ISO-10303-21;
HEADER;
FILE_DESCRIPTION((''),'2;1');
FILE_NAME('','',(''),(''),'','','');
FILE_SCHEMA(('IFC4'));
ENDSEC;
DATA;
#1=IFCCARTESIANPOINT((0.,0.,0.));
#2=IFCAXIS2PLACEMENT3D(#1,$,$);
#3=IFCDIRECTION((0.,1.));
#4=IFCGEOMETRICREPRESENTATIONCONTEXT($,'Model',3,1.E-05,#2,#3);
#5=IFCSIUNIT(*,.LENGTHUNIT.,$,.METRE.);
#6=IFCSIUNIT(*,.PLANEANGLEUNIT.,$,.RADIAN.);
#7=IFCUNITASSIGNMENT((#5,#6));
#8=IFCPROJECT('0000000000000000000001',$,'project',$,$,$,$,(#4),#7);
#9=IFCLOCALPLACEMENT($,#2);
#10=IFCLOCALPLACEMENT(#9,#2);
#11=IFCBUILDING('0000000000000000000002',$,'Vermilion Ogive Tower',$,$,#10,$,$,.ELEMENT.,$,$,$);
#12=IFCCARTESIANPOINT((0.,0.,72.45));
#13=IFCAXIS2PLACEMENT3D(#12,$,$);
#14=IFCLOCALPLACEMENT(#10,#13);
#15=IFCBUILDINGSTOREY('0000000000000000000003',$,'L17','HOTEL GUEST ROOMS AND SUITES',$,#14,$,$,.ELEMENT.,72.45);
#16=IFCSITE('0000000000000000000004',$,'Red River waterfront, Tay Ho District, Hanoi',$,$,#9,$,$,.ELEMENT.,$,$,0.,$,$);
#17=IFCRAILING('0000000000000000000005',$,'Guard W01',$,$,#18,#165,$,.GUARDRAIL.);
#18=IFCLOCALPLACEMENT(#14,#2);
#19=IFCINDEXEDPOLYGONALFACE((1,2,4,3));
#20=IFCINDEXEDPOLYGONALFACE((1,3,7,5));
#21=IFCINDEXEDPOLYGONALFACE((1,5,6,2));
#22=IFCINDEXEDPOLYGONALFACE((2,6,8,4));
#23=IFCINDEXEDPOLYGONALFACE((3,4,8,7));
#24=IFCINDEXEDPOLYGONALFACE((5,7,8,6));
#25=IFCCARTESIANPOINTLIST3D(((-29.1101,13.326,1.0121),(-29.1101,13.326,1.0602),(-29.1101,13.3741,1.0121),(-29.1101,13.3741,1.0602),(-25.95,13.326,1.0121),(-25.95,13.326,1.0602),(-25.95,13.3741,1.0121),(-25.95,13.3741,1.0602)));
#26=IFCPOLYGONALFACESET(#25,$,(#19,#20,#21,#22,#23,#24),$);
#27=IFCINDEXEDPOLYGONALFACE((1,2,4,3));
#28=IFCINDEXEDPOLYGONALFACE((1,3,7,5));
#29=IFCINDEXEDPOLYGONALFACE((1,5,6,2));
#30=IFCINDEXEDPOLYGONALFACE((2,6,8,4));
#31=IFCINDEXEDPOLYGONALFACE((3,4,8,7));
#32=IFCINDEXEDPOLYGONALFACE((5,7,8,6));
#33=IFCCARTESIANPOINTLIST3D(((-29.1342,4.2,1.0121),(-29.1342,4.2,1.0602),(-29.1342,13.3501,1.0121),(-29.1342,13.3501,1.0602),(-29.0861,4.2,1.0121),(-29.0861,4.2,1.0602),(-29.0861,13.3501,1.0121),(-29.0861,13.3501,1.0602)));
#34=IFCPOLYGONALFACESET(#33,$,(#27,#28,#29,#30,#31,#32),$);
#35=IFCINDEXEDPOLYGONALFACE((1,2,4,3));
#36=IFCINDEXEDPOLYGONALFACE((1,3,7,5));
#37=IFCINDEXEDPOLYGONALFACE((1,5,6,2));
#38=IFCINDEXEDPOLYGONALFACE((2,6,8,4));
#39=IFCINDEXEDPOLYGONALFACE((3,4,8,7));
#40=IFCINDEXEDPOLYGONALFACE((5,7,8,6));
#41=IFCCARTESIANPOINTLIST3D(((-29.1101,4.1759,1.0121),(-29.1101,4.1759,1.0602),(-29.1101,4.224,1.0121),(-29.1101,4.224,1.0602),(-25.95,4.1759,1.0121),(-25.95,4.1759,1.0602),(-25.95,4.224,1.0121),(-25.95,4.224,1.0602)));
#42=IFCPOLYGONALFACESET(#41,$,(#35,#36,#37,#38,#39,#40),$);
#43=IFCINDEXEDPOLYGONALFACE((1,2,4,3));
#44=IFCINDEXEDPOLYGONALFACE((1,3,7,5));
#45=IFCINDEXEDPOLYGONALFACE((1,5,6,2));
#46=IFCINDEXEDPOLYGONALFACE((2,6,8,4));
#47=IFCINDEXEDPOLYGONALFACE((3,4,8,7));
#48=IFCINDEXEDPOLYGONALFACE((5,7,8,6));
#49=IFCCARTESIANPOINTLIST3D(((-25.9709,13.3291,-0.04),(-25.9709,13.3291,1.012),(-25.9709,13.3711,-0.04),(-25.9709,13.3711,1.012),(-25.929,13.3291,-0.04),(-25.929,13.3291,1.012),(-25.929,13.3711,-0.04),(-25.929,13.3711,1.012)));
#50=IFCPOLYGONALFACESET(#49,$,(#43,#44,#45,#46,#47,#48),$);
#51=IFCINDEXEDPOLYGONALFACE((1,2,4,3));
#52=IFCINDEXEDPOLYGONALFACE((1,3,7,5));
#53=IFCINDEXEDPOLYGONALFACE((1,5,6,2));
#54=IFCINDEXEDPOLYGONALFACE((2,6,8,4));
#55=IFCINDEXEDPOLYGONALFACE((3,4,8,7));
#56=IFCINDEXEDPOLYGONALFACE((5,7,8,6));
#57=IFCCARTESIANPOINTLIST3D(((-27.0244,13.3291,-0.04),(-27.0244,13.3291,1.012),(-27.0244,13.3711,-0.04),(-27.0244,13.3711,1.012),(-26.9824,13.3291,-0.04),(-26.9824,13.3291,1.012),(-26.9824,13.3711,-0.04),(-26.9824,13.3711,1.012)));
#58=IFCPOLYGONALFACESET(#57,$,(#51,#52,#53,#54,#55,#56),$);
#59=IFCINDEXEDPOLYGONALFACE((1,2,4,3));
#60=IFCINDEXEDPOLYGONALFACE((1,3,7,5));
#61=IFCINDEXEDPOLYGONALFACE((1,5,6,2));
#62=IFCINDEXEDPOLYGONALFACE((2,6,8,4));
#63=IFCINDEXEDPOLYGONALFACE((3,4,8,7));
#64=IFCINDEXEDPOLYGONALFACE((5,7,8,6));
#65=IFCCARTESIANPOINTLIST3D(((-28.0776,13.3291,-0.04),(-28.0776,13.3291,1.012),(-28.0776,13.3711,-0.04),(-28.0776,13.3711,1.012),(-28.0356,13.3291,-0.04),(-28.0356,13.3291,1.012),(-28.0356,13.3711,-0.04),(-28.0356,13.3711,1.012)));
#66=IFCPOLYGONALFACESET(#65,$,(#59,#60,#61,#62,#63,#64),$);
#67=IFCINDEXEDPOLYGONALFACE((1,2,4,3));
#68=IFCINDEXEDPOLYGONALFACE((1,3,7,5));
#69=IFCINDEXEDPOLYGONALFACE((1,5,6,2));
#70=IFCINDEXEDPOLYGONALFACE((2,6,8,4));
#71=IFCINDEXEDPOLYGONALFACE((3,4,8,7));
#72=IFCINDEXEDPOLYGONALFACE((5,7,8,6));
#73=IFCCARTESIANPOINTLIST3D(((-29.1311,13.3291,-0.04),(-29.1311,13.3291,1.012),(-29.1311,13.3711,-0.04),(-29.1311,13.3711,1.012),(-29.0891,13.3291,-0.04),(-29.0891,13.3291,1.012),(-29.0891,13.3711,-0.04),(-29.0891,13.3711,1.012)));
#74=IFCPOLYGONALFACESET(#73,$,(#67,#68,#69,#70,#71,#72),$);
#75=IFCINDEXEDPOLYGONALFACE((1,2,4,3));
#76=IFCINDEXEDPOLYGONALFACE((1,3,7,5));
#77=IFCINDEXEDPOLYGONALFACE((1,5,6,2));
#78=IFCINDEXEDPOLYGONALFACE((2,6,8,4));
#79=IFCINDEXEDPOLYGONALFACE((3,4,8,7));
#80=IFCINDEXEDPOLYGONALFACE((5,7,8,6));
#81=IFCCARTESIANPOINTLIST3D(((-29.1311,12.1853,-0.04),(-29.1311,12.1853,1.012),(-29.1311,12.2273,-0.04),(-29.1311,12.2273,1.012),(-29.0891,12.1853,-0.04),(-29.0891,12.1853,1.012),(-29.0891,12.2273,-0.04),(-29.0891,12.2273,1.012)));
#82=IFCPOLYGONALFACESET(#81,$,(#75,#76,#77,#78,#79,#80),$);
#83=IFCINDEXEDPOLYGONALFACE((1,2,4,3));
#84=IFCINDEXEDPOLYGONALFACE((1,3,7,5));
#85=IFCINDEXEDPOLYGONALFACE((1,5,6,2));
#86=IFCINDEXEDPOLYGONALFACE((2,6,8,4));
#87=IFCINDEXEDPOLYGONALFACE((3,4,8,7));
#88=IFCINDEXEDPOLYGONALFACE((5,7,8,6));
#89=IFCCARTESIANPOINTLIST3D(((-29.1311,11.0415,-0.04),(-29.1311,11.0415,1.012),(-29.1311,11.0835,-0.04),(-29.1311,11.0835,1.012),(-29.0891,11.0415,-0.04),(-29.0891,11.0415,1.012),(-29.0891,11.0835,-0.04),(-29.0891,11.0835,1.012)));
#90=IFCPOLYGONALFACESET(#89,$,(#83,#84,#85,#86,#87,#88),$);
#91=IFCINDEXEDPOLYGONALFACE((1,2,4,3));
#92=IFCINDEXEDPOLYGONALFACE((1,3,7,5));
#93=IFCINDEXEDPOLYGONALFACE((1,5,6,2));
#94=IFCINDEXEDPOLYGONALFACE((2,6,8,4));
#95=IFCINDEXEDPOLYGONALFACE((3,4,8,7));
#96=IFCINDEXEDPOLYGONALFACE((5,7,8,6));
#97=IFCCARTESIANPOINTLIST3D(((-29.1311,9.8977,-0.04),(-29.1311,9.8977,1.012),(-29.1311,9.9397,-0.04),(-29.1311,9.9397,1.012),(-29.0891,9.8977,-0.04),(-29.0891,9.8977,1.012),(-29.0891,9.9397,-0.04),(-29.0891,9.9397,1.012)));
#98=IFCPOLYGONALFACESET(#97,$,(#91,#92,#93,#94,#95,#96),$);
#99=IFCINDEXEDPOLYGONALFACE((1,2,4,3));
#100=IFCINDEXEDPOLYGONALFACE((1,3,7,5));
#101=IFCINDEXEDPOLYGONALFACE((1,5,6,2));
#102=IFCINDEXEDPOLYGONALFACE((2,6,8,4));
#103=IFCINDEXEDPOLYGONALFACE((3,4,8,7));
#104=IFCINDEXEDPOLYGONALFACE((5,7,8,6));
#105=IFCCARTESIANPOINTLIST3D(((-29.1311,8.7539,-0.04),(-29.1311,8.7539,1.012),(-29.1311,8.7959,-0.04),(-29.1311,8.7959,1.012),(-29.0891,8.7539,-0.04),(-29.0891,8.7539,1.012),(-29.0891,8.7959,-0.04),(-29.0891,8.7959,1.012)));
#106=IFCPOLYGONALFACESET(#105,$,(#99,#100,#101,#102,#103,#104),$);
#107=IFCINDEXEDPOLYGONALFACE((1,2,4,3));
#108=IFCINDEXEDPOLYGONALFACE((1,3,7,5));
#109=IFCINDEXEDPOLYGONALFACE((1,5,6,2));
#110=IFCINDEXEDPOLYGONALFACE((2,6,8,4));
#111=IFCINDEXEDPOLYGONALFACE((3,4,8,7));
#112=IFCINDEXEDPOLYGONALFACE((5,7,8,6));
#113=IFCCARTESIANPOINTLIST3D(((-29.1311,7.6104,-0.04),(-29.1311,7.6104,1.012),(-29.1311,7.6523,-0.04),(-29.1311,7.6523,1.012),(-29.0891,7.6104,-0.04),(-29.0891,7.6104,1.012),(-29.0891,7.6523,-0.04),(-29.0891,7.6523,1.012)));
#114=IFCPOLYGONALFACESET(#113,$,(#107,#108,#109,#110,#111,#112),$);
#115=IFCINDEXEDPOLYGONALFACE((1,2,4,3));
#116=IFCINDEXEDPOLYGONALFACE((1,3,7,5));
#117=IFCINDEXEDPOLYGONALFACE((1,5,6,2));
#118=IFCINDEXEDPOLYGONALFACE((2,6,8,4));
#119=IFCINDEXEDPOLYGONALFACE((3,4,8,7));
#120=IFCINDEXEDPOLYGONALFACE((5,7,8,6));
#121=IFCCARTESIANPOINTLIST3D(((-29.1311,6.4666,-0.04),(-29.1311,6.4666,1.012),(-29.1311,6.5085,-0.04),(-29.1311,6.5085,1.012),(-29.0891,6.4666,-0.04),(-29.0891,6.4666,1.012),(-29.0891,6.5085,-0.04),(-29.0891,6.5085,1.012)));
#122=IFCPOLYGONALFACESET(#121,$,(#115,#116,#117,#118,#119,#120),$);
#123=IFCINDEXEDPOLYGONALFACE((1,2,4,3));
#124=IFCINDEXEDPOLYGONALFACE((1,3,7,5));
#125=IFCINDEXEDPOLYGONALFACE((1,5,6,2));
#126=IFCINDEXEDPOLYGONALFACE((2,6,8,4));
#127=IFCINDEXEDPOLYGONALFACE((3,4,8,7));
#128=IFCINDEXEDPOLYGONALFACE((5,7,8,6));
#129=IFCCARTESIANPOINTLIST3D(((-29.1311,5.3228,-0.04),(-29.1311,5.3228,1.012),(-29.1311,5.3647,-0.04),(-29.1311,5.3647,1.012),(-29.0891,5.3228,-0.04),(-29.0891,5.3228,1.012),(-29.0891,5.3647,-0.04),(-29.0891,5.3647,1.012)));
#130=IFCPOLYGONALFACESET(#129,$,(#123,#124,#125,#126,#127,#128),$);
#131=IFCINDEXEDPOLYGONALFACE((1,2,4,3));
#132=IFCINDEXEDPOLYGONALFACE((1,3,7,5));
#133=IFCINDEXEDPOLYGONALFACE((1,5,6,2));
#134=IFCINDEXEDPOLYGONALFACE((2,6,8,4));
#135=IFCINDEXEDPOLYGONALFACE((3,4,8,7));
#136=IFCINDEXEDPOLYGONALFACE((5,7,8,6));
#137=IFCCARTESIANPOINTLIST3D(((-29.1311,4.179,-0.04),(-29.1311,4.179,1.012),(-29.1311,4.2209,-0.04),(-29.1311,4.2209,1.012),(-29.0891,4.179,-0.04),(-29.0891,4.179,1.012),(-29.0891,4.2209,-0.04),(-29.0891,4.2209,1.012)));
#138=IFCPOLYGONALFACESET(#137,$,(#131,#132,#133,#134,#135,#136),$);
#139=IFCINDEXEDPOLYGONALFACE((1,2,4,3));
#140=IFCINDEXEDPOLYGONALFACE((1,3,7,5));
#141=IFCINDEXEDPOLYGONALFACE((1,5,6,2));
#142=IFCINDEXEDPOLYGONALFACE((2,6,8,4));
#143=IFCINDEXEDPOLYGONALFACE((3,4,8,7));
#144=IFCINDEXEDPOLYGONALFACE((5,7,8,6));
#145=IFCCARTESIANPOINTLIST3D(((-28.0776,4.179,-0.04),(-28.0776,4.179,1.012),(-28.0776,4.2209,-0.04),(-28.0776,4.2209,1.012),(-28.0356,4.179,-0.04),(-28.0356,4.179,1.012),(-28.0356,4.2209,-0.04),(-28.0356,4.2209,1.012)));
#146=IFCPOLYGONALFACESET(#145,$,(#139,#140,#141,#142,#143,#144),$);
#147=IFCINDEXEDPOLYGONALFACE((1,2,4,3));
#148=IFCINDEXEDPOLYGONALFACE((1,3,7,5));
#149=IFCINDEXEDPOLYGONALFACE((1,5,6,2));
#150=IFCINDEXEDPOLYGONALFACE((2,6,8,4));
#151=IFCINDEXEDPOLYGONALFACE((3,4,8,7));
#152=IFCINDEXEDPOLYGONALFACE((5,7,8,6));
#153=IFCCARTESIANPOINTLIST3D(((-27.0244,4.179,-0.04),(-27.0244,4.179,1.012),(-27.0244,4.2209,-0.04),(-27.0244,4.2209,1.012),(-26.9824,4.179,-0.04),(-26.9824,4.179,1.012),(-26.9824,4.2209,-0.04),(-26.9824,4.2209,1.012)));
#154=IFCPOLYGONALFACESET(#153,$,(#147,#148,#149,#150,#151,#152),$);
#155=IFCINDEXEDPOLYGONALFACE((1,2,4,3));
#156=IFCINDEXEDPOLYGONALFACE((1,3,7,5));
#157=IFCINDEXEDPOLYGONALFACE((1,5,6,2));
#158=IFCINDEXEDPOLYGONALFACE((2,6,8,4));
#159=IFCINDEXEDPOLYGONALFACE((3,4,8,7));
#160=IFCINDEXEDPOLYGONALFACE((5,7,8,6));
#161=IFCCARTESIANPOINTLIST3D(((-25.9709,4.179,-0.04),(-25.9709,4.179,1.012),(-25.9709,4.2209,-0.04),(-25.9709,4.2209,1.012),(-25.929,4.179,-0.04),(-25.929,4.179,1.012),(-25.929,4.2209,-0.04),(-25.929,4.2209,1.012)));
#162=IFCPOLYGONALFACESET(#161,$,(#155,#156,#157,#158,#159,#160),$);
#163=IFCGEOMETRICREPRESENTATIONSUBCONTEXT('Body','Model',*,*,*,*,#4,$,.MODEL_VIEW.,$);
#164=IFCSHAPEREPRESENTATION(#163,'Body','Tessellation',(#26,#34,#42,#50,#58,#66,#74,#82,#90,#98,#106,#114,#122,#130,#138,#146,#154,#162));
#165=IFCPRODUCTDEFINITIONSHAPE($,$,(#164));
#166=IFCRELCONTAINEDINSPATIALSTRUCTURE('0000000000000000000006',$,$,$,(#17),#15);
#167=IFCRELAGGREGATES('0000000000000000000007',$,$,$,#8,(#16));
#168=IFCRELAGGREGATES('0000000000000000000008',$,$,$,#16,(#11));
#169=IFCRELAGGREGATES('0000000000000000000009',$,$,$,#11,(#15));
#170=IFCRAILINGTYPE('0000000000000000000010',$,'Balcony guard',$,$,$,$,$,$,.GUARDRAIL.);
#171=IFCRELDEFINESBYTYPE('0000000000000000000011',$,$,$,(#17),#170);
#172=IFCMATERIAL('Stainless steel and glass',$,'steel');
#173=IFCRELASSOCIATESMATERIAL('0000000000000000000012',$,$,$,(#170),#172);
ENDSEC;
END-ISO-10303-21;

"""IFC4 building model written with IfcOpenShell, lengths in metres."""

from ifc_helpers import new_model, si_unit, direction, frame, origin, origin_2d, place, context, subcontext, project, spatial, rectangle, extrude, material, type_object, element, save


model = new_model("IFC4")

# Units and contexts
model_context = context("Model", 3, precision=1e-05, world=origin(), true_north=direction((0.0, 1.0)))
body_context = subcontext(model_context, "Body", "Model", "MODEL_VIEW")
ifc_project = project(units=[si_unit("LENGTHUNIT", "METRE"), si_unit("PLANEANGLEUNIT", "RADIAN")], contexts=[model_context])

# Site, building, storey
site_placement = place(None, origin())
site = spatial("IfcSite", under=ifc_project, at=site_placement, Name="Red River waterfront, Tay Ho District, Hanoi", CompositionType="ELEMENT", RefElevation=0.0)
building_placement = place(site_placement, origin())
building = spatial("IfcBuilding", under=site, at=building_placement, Name="Vermilion Ogive Tower", CompositionType="ELEMENT")
storey_placement = place(building_placement, frame((0.0, 0.0, 72.45)))
storey = spatial("IfcBuildingStorey", under=building, at=storey_placement, Name="L17", Description="HOTEL GUEST ROOMS AND SUITES", CompositionType="ELEMENT", Elevation=72.45)

# Railing
ifc_material_1 = material(Name="Stainless steel and glass", Category="steel")
railing_type = type_object("IfcRailingType", Name="Balcony guard", PredefinedType="GUARDRAIL", material=ifc_material_1)
railing_1_placement = place(storey_placement, frame((-25.95, 13.3501, -0.04)))
element("IfcRailing", 1, at=railing_1_placement, inside=storey, type_object=railing_type, Name="Guard W01", PredefinedType="GUARDRAIL", context=body_context, shape_type="SweptSolid", body=[
    extrude(rectangle(XDim=0.0481, YDim=0.0481, at=origin_2d()), frame((0.0, 0.0, 1.0762), z_axis=(-1.0, 0.0, 0.0), x_axis=(0.0, -1.0, 0.0)), (0.0, 0.0, 1.0), 3.1602),
    extrude(rectangle(XDim=0.0481, YDim=0.0481, at=origin_2d()), frame((-3.1602, 0.0, 1.0762), z_axis=(0.0, -1.0, 0.0), x_axis=(1.0, 0.0, 0.0)), (0.0, 0.0, 1.0), 9.1501),
    extrude(rectangle(XDim=0.0481, YDim=0.0481, at=origin_2d()), frame((-3.1602, -9.1501, 1.0762), z_axis=(1.0, 0.0, 0.0), x_axis=(0.0, 1.0, 0.0)), (0.0, 0.0, 1.0), 3.1602),
    extrude(rectangle(XDim=0.042, YDim=0.042, at=origin_2d()), origin(), (0.0, 0.0, 1.0), 1.052),
    extrude(rectangle(XDim=0.042, YDim=0.042, at=origin_2d()), frame((-1.0535, 0.0, 0.0)), (0.0, 0.0, 1.0), 1.052),
    extrude(rectangle(XDim=0.042, YDim=0.042, at=origin_2d()), frame((-2.1067, 0.0, 0.0)), (0.0, 0.0, 1.0), 1.052),
    extrude(rectangle(XDim=0.042, YDim=0.042, at=origin_2d()), frame((-3.1602, 0.0, 0.0)), (0.0, 0.0, 1.0), 1.052),
    extrude(rectangle(XDim=0.042, YDim=0.042, at=origin_2d()), frame((-3.1602, -1.1438, 0.0)), (0.0, 0.0, 1.0), 1.052),
    extrude(rectangle(XDim=0.042, YDim=0.042, at=origin_2d()), frame((-3.1602, -2.2876, 0.0)), (0.0, 0.0, 1.0), 1.052),
    extrude(rectangle(XDim=0.042, YDim=0.042, at=origin_2d()), frame((-3.1602, -3.4314, 0.0)), (0.0, 0.0, 1.0), 1.052),
    extrude(rectangle(XDim=0.042, YDim=0.042, at=origin_2d()), frame((-3.1602, -4.5752, 0.0)), (0.0, 0.0, 1.0), 1.052),
    extrude(rectangle(XDim=0.042, YDim=0.042, at=origin_2d()), frame((-3.1602, -5.7188, 0.0)), (0.0, 0.0, 1.0), 1.052),
    extrude(rectangle(XDim=0.042, YDim=0.042, at=origin_2d()), frame((-3.1602, -6.8625, 0.0)), (0.0, 0.0, 1.0), 1.052),
    extrude(rectangle(XDim=0.042, YDim=0.042, at=origin_2d()), frame((-3.1602, -8.0063, 0.0)), (0.0, 0.0, 1.0), 1.052),
    extrude(rectangle(XDim=0.042, YDim=0.042, at=origin_2d()), frame((-3.1602, -9.1501, 0.0)), (0.0, 0.0, 1.0), 1.052),
    extrude(rectangle(XDim=0.042, YDim=0.042, at=origin_2d()), frame((-2.1067, -9.1501, 0.0)), (0.0, 0.0, 1.0), 1.052),
    extrude(rectangle(XDim=0.042, YDim=0.042, at=origin_2d()), frame((-1.0535, -9.1501, 0.0)), (0.0, 0.0, 1.0), 1.052),
    extrude(rectangle(XDim=0.042, YDim=0.042, at=origin_2d()), frame((0.0, -9.1501, 0.0)), (0.0, 0.0, 1.0), 1.052),
])

save(model, "model.ifc")
